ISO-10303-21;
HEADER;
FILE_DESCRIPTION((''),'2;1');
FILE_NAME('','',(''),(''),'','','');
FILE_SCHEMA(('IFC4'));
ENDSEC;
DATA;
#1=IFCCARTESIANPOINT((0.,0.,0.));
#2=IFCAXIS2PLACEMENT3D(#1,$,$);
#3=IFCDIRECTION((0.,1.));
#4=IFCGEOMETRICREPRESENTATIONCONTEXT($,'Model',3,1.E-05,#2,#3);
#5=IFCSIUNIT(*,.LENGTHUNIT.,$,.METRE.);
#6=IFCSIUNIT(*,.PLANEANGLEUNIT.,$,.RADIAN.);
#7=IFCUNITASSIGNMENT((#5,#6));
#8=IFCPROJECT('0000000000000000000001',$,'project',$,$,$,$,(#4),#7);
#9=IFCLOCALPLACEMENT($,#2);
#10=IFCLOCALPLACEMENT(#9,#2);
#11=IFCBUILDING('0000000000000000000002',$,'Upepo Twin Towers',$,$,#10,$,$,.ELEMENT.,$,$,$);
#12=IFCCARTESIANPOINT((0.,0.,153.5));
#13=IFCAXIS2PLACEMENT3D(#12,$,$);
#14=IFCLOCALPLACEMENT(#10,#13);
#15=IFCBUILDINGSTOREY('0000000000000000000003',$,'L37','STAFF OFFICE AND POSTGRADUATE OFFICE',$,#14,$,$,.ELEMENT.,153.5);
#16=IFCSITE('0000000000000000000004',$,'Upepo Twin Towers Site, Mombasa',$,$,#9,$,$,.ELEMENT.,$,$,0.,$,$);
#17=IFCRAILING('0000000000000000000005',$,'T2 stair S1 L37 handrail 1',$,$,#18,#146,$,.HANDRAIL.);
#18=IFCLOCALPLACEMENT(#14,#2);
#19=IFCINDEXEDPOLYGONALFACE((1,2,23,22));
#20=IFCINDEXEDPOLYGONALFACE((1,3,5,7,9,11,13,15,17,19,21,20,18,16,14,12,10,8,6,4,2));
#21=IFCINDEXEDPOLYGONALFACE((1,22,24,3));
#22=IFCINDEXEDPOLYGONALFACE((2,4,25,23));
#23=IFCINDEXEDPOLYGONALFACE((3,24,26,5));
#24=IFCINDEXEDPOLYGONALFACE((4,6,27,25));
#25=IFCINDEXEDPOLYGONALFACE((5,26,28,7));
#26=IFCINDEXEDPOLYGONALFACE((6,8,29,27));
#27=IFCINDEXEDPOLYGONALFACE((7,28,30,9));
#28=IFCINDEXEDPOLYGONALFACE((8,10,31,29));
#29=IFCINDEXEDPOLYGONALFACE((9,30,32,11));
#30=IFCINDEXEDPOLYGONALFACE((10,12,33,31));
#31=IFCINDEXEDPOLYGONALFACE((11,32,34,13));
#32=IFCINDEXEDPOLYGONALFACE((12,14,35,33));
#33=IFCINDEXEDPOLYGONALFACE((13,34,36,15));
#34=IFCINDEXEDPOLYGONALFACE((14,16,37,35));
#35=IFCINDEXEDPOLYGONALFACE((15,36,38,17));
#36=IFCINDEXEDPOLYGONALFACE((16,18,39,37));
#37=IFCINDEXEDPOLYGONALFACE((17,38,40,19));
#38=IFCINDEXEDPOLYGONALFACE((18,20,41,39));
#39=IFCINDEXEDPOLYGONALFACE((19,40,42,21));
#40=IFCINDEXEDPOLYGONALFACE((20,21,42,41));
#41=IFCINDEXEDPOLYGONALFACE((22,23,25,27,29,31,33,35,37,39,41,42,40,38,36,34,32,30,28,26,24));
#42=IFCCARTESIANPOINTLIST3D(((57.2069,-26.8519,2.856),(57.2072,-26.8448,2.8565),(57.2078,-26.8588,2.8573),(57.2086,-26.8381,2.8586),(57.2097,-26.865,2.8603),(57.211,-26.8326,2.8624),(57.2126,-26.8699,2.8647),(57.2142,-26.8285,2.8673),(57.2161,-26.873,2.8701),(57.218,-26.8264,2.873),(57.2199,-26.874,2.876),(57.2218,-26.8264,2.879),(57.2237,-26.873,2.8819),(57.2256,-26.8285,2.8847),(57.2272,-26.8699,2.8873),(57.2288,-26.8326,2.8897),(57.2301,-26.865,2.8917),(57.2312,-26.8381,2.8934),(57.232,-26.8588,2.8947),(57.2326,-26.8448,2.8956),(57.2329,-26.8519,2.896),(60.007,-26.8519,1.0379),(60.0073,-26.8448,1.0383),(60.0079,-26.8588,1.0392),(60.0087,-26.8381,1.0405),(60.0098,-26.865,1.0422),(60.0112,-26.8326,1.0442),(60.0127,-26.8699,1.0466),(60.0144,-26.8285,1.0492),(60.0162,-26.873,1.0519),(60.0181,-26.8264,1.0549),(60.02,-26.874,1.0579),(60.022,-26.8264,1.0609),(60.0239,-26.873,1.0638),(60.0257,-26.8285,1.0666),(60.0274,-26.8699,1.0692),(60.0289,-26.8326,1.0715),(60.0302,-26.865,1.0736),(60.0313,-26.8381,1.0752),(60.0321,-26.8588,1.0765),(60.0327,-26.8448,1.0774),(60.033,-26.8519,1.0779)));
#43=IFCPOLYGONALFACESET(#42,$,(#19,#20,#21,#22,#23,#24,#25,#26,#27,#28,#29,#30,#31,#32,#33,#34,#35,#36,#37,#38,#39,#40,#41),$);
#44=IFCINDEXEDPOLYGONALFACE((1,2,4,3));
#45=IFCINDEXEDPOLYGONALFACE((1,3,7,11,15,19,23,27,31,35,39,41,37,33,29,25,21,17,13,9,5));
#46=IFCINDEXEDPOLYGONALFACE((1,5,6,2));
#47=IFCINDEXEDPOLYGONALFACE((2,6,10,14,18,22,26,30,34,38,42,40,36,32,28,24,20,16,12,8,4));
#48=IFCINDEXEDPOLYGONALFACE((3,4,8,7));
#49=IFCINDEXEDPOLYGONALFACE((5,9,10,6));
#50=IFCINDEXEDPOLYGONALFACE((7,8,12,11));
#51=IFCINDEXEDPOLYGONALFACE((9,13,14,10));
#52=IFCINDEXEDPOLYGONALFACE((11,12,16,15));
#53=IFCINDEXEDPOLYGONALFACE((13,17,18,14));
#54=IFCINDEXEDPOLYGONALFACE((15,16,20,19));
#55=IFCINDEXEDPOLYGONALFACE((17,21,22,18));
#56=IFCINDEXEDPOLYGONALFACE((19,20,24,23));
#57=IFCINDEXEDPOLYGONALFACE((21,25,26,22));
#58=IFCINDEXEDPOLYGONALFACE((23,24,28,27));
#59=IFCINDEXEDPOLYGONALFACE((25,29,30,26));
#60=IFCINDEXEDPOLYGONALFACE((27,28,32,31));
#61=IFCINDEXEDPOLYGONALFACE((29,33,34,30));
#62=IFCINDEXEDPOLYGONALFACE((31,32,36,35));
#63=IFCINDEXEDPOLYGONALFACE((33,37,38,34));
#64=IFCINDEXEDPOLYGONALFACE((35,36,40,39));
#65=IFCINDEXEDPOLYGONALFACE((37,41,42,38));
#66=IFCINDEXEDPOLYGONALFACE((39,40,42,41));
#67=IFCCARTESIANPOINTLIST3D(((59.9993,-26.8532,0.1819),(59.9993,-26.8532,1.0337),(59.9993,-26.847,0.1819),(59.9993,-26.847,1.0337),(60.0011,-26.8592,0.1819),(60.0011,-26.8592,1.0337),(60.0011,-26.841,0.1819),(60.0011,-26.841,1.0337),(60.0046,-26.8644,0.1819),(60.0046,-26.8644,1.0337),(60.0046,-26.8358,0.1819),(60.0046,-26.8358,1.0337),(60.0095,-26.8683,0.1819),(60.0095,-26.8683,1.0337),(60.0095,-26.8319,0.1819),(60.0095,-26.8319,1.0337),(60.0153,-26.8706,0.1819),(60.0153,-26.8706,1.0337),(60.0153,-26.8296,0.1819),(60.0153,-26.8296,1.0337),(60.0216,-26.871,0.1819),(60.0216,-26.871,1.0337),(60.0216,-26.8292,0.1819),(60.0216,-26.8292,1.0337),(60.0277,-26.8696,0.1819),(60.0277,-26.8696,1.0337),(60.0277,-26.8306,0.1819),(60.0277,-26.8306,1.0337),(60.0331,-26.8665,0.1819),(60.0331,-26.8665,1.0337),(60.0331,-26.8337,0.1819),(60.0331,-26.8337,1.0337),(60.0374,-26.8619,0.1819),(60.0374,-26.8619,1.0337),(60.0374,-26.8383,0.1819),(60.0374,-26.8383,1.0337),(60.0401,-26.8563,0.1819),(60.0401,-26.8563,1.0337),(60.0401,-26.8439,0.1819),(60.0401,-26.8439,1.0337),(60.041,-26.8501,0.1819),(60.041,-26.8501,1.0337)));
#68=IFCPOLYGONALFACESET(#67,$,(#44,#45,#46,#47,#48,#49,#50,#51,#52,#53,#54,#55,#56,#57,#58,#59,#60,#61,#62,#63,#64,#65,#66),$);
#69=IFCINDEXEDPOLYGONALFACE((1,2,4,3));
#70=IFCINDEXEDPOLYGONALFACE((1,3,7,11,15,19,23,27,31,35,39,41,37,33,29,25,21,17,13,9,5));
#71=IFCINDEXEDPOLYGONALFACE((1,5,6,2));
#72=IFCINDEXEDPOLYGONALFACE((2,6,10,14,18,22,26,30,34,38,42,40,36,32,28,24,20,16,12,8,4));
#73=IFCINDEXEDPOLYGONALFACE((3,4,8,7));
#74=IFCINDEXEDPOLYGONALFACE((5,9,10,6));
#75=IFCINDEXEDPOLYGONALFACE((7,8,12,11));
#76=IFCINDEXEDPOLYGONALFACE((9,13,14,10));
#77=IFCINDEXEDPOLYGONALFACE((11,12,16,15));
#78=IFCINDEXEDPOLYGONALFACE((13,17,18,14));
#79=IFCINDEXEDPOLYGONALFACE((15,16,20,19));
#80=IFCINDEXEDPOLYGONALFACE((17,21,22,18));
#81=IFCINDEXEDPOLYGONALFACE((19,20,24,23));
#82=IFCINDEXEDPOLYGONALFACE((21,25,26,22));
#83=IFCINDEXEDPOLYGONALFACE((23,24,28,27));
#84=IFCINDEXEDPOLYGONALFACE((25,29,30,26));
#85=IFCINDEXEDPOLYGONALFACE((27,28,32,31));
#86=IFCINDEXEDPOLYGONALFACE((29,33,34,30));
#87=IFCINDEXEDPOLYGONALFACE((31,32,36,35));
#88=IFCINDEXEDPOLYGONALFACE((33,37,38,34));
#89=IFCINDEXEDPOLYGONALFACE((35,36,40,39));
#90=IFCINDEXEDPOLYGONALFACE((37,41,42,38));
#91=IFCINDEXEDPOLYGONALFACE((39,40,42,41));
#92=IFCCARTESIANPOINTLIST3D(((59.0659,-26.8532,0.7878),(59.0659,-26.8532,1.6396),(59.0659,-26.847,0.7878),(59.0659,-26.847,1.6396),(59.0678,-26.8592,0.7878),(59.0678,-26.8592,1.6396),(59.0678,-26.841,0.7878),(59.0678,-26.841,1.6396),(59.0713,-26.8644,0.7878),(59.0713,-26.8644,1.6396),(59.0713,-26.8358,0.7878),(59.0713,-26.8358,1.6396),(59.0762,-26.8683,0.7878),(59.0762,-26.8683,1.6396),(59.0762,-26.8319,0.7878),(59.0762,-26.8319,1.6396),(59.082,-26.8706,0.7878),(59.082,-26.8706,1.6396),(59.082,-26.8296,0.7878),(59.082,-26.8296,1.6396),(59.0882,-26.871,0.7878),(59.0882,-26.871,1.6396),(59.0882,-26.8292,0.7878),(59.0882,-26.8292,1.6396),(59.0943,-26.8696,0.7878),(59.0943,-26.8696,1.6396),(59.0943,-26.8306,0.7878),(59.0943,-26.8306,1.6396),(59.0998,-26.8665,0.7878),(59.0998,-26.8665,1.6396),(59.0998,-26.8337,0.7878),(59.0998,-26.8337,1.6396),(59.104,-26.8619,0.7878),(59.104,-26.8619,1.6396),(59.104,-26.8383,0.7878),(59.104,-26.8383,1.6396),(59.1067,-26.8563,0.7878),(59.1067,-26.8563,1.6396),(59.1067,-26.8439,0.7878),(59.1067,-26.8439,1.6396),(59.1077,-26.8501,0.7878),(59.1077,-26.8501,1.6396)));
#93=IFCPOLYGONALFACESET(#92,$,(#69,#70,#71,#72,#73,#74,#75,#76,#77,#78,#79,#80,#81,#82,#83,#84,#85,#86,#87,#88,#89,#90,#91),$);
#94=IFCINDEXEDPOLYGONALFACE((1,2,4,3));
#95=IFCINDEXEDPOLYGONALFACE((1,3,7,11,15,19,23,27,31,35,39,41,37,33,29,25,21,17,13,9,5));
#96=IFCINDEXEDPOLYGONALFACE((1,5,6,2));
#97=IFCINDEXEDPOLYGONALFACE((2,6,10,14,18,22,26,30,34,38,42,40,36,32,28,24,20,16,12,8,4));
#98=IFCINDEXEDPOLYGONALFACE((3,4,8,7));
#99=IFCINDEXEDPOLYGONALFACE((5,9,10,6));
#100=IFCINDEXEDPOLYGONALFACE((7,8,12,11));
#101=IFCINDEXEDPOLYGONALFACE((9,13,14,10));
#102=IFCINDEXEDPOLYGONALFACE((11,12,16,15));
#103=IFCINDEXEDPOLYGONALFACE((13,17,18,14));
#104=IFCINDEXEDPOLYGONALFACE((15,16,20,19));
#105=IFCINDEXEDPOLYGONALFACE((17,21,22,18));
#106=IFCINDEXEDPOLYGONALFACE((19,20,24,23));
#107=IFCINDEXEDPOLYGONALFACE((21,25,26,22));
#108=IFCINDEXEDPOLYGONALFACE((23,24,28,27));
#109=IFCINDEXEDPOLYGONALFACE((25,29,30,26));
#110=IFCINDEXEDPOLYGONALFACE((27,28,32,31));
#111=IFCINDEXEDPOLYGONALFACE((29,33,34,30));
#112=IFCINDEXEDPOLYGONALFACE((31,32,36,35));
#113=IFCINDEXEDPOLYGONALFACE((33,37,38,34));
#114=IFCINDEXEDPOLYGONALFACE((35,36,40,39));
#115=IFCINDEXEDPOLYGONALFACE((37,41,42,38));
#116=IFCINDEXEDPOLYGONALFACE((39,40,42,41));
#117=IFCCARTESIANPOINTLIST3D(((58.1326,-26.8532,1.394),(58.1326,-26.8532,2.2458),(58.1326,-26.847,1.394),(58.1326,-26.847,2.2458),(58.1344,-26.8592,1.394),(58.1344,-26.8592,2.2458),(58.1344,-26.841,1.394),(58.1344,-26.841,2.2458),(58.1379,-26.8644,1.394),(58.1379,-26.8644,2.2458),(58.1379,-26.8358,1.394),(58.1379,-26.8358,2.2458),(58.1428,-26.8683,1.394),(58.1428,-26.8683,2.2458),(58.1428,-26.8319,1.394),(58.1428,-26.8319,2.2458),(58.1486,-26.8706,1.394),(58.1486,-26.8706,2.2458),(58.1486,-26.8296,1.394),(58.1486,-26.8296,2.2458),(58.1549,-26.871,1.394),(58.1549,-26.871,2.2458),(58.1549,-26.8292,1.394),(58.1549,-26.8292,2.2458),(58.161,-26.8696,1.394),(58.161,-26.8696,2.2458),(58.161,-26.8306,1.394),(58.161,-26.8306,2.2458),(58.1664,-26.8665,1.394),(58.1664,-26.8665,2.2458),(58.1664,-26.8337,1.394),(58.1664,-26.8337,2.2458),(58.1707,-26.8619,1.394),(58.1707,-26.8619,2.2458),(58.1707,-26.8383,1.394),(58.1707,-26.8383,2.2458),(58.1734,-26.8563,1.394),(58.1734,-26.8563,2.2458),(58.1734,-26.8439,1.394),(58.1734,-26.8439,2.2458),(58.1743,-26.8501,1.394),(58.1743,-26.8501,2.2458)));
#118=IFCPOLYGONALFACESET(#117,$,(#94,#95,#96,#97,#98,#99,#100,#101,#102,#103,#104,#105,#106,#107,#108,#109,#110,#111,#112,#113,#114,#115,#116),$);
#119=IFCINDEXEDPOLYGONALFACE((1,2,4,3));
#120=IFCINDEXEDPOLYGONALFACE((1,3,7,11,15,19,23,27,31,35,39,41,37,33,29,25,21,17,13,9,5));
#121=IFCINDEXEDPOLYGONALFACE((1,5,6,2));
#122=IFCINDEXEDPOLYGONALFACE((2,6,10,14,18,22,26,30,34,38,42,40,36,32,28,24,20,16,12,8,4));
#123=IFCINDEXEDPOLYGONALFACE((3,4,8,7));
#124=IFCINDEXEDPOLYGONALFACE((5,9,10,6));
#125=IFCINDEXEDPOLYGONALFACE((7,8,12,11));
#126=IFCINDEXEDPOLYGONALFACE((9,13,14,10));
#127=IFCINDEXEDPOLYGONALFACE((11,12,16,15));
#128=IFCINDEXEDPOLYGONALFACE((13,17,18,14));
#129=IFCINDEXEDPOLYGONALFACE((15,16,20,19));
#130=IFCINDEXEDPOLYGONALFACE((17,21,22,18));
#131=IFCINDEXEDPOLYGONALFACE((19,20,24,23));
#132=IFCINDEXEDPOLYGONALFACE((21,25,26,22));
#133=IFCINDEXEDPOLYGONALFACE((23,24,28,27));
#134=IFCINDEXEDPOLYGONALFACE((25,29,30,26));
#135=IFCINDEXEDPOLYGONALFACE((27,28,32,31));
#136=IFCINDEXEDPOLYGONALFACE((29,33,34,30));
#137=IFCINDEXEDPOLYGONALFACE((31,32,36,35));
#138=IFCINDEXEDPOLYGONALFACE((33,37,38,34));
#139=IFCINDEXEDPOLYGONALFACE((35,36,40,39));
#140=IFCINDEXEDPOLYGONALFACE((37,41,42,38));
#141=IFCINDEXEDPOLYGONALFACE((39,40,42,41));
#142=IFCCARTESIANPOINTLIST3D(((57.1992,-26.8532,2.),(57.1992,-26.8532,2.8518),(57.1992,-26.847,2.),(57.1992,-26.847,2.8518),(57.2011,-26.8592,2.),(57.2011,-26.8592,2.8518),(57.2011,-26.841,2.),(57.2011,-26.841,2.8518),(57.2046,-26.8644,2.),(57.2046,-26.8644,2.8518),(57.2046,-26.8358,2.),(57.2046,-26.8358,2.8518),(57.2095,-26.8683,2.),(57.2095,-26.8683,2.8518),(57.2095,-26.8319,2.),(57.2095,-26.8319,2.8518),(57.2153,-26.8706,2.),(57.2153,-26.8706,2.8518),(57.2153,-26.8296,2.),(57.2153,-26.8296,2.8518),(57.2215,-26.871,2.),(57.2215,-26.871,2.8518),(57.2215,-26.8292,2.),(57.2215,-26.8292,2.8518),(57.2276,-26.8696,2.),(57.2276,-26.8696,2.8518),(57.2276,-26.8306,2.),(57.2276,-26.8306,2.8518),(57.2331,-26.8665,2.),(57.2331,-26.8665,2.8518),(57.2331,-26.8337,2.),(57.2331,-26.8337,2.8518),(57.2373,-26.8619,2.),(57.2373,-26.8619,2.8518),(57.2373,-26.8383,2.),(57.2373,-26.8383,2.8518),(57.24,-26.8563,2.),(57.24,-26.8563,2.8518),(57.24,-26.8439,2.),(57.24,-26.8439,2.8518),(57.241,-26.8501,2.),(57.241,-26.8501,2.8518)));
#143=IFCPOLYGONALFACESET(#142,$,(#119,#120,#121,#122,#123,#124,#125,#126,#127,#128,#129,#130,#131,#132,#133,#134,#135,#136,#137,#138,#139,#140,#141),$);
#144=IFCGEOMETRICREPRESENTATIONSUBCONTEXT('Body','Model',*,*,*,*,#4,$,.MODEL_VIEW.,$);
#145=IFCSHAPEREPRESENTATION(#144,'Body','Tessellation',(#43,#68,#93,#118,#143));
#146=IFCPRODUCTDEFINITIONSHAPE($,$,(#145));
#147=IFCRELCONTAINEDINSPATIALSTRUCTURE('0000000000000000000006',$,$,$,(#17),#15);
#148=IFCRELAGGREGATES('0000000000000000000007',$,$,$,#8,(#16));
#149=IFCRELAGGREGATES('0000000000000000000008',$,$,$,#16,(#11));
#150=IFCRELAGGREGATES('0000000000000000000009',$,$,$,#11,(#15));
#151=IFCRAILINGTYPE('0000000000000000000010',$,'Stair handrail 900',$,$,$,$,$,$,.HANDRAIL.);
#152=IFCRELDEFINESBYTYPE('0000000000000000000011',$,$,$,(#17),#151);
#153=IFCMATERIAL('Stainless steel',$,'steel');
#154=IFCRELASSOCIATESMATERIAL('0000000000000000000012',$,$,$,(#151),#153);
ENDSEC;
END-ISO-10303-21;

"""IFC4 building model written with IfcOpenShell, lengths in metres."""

from ifc_helpers import new_model, si_unit, direction, frame, origin, origin_2d, place, context, subcontext, project, spatial, circle, extrude, material, type_object, element, save


model = new_model("IFC4")

# Units and contexts
model_context = context("Model", 3, precision=1e-05, world=origin(), true_north=direction((0.0, 1.0)))
body_context = subcontext(model_context, "Body", "Model", "MODEL_VIEW")
ifc_project = project(units=[si_unit("LENGTHUNIT", "METRE"), si_unit("PLANEANGLEUNIT", "RADIAN")], contexts=[model_context])

# Site, building, storey
site_placement = place(None, origin())
site = spatial("IfcSite", under=ifc_project, at=site_placement, Name="Upepo Twin Towers Site, Mombasa", CompositionType="ELEMENT", RefElevation=0.0)
building_placement = place(site_placement, origin())
building = spatial("IfcBuilding", under=site, at=building_placement, Name="Upepo Twin Towers", CompositionType="ELEMENT")
storey_placement = place(building_placement, frame((0.0, 0.0, 153.5)))
storey = spatial("IfcBuildingStorey", under=building, at=storey_placement, Name="L37", Description="STAFF OFFICE AND POSTGRADUATE OFFICE", CompositionType="ELEMENT", Elevation=153.5)

# Railing
ifc_material_1 = material(Name="Stainless steel", Category="steel")
railing_type = type_object("IfcRailingType", Name="Stair handrail 900", PredefinedType="HANDRAIL", material=ifc_material_1)
railing_1_placement = place(storey_placement, frame((60.02, -26.8501, 0.1819)))
element("IfcRailing", 1, at=railing_1_placement, inside=storey, type_object=railing_type, Name="T2 stair S1 L37 handrail 1", PredefinedType="HANDRAIL", context=body_context, shape_type="SweptSolid", body=[
    extrude(circle(Radius=0.0239, at=origin_2d()), frame((0.0, 0.0, 0.876), z_axis=(-0.838706, 0.0, 0.544585), x_axis=(0.0, -1.0, 0.0)), (0.0, 0.0, 1.0), 3.3386),
    extrude(circle(Radius=0.021, at=origin_2d()), origin(), (0.0, 0.0, 1.0), 0.8518),
    extrude(circle(Radius=0.021, at=origin_2d()), frame((-0.9333, 0.0, 0.606)), (0.0, 0.0, 1.0), 0.8518),
    extrude(circle(Radius=0.021, at=origin_2d()), frame((-1.8667, 0.0, 1.2122)), (0.0, 0.0, 1.0), 0.8518),
    extrude(circle(Radius=0.021, at=origin_2d()), frame((-2.8, 0.0, 1.8181)), (0.0, 0.0, 1.0), 0.8518),
])

save(model, "model.ifc")
